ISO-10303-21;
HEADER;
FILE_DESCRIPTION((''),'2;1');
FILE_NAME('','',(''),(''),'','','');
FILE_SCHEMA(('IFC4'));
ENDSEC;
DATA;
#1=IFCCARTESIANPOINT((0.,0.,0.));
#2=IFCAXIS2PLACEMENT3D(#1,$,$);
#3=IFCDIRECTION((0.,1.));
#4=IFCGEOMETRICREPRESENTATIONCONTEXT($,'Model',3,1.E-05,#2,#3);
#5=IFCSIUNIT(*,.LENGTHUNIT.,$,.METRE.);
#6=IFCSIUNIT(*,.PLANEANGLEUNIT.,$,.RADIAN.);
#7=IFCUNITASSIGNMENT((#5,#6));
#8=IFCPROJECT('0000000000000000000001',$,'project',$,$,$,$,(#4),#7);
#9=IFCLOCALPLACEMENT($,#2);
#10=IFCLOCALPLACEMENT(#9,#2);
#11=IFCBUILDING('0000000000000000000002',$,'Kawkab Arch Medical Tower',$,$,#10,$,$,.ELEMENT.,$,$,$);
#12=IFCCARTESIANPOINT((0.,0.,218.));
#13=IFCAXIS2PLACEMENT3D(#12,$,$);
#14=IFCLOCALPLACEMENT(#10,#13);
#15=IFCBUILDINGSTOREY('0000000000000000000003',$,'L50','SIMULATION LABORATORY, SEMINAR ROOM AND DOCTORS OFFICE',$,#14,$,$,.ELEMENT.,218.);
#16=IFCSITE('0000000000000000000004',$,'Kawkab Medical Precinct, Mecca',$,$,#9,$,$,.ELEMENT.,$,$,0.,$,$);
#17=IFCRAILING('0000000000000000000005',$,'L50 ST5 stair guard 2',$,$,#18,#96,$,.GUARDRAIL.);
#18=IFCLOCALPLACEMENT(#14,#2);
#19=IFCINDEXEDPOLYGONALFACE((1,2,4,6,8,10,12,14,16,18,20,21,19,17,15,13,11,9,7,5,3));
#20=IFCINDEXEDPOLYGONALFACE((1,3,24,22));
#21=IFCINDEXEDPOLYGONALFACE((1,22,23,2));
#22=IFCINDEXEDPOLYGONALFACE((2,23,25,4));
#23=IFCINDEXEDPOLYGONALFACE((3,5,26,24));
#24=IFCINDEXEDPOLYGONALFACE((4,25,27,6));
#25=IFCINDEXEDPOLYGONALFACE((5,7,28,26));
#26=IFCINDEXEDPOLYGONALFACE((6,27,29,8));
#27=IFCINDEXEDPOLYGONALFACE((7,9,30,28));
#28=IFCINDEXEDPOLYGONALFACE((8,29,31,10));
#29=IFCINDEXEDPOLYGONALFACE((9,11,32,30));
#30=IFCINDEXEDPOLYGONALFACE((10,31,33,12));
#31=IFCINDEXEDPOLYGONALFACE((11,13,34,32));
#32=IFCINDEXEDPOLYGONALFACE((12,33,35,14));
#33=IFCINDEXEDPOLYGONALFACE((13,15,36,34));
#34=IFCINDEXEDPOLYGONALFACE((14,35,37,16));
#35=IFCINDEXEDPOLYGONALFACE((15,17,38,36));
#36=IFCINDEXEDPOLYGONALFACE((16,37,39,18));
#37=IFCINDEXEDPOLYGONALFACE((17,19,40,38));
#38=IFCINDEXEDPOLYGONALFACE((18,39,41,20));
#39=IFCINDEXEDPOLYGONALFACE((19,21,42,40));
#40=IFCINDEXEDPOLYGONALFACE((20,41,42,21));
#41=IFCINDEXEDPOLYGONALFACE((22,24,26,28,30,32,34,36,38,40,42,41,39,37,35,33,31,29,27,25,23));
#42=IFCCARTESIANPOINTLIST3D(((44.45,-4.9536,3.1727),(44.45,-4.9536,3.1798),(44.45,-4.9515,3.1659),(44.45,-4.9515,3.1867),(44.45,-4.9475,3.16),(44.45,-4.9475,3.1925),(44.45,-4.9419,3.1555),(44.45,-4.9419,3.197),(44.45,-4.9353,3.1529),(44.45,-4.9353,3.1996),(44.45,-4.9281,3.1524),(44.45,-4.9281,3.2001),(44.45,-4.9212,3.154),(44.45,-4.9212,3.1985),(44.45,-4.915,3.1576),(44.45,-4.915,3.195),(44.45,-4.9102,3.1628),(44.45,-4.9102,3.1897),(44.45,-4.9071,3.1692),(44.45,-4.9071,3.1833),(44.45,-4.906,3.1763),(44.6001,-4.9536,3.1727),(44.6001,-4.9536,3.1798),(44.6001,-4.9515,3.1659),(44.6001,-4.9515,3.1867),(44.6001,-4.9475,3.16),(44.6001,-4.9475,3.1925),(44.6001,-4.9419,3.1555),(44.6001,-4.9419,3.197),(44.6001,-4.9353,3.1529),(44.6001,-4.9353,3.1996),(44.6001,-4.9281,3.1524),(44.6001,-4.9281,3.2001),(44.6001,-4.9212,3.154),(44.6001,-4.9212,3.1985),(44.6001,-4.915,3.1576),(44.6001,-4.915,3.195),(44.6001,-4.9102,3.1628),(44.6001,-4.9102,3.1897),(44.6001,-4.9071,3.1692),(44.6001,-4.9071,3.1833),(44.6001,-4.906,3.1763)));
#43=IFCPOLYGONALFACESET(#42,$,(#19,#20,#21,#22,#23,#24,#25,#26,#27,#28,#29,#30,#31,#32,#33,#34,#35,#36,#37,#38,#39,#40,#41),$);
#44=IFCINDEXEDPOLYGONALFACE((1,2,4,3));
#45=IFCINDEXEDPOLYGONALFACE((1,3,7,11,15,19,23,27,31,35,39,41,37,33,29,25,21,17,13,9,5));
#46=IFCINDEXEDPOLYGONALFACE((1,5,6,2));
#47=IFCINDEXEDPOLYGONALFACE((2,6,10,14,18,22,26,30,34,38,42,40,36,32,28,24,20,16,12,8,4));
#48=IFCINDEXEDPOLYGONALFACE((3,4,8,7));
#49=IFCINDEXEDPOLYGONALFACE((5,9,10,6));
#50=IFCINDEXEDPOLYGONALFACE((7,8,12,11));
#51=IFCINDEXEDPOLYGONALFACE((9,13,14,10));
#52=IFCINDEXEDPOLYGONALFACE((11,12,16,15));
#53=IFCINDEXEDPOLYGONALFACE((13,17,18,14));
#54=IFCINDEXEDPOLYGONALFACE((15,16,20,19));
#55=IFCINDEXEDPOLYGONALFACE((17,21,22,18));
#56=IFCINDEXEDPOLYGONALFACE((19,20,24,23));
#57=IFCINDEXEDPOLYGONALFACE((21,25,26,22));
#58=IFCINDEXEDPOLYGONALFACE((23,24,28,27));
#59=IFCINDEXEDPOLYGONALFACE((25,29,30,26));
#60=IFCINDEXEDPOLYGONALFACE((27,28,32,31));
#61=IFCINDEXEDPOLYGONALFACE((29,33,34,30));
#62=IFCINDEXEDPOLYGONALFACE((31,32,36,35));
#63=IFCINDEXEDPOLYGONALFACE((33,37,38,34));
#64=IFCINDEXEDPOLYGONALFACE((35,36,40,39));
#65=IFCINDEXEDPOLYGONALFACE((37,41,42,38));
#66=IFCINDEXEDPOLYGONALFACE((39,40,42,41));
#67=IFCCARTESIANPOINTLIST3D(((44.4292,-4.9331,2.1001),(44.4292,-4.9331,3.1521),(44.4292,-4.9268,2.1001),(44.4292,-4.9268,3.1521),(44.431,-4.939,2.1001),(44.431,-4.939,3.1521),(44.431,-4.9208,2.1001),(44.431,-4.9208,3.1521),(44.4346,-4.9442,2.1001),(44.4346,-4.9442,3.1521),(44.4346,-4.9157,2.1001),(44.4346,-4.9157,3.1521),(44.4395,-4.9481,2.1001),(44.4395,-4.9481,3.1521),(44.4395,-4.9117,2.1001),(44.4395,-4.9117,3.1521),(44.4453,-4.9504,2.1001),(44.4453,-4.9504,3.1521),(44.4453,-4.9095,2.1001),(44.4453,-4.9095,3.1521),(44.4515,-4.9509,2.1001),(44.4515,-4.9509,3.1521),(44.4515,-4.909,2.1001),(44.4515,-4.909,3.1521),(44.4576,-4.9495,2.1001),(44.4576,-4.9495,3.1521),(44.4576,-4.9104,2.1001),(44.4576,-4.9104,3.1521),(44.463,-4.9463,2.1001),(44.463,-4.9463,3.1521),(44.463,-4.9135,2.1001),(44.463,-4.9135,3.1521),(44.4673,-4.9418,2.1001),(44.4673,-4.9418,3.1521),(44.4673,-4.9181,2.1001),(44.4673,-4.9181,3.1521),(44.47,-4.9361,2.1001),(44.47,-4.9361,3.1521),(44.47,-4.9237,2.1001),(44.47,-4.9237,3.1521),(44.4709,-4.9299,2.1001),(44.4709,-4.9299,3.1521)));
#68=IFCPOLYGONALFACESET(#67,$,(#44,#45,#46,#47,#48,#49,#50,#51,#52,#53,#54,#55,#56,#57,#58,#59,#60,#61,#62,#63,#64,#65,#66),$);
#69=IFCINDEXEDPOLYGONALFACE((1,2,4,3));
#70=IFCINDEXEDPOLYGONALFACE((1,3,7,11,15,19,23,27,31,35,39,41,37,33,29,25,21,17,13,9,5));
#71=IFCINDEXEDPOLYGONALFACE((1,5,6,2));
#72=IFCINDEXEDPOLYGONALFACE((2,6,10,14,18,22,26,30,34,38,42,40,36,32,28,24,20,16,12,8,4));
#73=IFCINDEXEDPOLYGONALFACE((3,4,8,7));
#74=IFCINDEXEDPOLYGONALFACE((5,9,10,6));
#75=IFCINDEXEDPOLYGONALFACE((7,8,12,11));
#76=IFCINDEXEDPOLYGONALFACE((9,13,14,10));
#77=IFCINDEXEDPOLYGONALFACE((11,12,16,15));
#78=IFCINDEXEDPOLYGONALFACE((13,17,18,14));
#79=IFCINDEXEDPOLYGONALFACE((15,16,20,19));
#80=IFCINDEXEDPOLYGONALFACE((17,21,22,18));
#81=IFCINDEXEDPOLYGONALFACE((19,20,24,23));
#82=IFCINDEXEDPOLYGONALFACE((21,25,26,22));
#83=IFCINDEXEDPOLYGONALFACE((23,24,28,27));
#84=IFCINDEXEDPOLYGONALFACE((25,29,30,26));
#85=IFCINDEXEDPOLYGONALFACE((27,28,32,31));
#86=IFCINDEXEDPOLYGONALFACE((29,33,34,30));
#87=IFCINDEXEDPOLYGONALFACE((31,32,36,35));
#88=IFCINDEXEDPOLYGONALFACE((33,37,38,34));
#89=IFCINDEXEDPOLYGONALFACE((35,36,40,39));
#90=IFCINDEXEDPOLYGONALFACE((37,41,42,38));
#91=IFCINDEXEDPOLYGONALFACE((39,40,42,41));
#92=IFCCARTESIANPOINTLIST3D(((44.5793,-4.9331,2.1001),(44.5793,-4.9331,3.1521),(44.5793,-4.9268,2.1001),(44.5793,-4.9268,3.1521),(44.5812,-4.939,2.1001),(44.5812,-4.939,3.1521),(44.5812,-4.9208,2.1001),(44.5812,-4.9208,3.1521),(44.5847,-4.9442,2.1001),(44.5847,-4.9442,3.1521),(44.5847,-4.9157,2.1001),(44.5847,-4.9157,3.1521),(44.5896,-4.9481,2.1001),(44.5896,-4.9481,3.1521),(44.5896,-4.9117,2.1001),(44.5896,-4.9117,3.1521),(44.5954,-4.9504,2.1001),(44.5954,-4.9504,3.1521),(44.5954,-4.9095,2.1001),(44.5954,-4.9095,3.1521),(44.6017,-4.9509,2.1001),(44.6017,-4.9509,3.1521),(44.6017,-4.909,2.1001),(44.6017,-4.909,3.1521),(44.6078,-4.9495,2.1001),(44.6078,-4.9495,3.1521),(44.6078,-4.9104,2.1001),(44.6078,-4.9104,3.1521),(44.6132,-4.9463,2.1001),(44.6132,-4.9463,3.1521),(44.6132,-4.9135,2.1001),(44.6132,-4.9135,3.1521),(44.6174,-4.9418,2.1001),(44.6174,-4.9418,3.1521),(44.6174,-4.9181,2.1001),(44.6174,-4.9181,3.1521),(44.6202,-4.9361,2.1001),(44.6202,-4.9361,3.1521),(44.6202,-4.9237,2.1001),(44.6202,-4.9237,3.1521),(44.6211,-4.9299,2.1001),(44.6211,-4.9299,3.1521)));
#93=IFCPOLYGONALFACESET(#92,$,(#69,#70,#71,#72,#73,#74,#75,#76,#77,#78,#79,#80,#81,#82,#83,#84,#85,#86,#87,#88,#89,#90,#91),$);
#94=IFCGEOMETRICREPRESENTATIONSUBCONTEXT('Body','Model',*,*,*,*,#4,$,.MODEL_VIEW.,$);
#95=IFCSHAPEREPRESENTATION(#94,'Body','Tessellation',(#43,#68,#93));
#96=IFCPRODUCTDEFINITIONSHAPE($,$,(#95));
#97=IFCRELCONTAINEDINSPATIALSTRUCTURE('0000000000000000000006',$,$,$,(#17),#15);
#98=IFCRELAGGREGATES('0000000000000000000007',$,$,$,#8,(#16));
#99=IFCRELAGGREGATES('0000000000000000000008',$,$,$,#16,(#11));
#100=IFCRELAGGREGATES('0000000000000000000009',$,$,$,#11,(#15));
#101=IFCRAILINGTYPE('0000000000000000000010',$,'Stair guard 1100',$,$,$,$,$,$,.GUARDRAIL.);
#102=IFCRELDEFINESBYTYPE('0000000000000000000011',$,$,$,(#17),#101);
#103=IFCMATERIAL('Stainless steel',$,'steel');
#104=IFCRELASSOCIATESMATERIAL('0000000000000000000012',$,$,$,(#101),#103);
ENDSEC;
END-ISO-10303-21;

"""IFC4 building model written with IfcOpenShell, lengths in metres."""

from ifc_helpers import new_model, si_unit, direction, frame, origin, origin_2d, place, context, subcontext, project, spatial, circle, extrude, material, type_object, element, save


model = new_model("IFC4")

# Units and contexts
model_context = context("Model", 3, precision=1e-05, world=origin(), true_north=direction((0.0, 1.0)))
body_context = subcontext(model_context, "Body", "Model", "MODEL_VIEW")
ifc_project = project(units=[si_unit("LENGTHUNIT", "METRE"), si_unit("PLANEANGLEUNIT", "RADIAN")], contexts=[model_context])

# Site, building, storey
site_placement = place(None, origin())
site = spatial("IfcSite", under=ifc_project, at=site_placement, Name="Kawkab Medical Precinct, Mecca", CompositionType="ELEMENT", RefElevation=0.0)
building_placement = place(site_placement, origin())
building = spatial("IfcBuilding", under=site, at=building_placement, Name="Kawkab Arch Medical Tower", CompositionType="ELEMENT")
storey_placement = place(building_placement, frame((0.0, 0.0, 218.0)))
storey = spatial("IfcBuildingStorey", under=building, at=storey_placement, Name="L50", Description="SIMULATION LABORATORY, SEMINAR ROOM AND DOCTORS OFFICE", CompositionType="ELEMENT", Elevation=218.0)

# Railing
ifc_material_1 = material(Name="Stainless steel", Category="steel")
railing_type_1 = type_object("IfcRailingType", Name="Stair guard 1100", PredefinedType="GUARDRAIL", material=ifc_material_1)
railing_1_placement = place(storey_placement, frame((44.45, -4.9299, 2.1001)))
element("IfcRailing", 1, at=railing_1_placement, inside=storey, type_object=railing_type_1, Name="L50 ST5 stair guard 2", PredefinedType="GUARDRAIL", context=body_context, shape_type="SweptSolid", body=[
    extrude(circle(Radius=0.0239, at=origin_2d()), frame((0.0, 0.0, 1.0762), z_axis=(1.0, 0.0, 0.0), x_axis=(0.0, 1.0, 0.0)), (0.0, 0.0, 1.0), 0.1501),
    extrude(circle(Radius=0.021, at=origin_2d()), origin(), (0.0, 0.0, 1.0), 1.052),
    extrude(circle(Radius=0.021, at=origin_2d()), frame((0.1501, 0.0, 0.0)), (0.0, 0.0, 1.0), 1.052),
])

save(model, "model.ifc")
